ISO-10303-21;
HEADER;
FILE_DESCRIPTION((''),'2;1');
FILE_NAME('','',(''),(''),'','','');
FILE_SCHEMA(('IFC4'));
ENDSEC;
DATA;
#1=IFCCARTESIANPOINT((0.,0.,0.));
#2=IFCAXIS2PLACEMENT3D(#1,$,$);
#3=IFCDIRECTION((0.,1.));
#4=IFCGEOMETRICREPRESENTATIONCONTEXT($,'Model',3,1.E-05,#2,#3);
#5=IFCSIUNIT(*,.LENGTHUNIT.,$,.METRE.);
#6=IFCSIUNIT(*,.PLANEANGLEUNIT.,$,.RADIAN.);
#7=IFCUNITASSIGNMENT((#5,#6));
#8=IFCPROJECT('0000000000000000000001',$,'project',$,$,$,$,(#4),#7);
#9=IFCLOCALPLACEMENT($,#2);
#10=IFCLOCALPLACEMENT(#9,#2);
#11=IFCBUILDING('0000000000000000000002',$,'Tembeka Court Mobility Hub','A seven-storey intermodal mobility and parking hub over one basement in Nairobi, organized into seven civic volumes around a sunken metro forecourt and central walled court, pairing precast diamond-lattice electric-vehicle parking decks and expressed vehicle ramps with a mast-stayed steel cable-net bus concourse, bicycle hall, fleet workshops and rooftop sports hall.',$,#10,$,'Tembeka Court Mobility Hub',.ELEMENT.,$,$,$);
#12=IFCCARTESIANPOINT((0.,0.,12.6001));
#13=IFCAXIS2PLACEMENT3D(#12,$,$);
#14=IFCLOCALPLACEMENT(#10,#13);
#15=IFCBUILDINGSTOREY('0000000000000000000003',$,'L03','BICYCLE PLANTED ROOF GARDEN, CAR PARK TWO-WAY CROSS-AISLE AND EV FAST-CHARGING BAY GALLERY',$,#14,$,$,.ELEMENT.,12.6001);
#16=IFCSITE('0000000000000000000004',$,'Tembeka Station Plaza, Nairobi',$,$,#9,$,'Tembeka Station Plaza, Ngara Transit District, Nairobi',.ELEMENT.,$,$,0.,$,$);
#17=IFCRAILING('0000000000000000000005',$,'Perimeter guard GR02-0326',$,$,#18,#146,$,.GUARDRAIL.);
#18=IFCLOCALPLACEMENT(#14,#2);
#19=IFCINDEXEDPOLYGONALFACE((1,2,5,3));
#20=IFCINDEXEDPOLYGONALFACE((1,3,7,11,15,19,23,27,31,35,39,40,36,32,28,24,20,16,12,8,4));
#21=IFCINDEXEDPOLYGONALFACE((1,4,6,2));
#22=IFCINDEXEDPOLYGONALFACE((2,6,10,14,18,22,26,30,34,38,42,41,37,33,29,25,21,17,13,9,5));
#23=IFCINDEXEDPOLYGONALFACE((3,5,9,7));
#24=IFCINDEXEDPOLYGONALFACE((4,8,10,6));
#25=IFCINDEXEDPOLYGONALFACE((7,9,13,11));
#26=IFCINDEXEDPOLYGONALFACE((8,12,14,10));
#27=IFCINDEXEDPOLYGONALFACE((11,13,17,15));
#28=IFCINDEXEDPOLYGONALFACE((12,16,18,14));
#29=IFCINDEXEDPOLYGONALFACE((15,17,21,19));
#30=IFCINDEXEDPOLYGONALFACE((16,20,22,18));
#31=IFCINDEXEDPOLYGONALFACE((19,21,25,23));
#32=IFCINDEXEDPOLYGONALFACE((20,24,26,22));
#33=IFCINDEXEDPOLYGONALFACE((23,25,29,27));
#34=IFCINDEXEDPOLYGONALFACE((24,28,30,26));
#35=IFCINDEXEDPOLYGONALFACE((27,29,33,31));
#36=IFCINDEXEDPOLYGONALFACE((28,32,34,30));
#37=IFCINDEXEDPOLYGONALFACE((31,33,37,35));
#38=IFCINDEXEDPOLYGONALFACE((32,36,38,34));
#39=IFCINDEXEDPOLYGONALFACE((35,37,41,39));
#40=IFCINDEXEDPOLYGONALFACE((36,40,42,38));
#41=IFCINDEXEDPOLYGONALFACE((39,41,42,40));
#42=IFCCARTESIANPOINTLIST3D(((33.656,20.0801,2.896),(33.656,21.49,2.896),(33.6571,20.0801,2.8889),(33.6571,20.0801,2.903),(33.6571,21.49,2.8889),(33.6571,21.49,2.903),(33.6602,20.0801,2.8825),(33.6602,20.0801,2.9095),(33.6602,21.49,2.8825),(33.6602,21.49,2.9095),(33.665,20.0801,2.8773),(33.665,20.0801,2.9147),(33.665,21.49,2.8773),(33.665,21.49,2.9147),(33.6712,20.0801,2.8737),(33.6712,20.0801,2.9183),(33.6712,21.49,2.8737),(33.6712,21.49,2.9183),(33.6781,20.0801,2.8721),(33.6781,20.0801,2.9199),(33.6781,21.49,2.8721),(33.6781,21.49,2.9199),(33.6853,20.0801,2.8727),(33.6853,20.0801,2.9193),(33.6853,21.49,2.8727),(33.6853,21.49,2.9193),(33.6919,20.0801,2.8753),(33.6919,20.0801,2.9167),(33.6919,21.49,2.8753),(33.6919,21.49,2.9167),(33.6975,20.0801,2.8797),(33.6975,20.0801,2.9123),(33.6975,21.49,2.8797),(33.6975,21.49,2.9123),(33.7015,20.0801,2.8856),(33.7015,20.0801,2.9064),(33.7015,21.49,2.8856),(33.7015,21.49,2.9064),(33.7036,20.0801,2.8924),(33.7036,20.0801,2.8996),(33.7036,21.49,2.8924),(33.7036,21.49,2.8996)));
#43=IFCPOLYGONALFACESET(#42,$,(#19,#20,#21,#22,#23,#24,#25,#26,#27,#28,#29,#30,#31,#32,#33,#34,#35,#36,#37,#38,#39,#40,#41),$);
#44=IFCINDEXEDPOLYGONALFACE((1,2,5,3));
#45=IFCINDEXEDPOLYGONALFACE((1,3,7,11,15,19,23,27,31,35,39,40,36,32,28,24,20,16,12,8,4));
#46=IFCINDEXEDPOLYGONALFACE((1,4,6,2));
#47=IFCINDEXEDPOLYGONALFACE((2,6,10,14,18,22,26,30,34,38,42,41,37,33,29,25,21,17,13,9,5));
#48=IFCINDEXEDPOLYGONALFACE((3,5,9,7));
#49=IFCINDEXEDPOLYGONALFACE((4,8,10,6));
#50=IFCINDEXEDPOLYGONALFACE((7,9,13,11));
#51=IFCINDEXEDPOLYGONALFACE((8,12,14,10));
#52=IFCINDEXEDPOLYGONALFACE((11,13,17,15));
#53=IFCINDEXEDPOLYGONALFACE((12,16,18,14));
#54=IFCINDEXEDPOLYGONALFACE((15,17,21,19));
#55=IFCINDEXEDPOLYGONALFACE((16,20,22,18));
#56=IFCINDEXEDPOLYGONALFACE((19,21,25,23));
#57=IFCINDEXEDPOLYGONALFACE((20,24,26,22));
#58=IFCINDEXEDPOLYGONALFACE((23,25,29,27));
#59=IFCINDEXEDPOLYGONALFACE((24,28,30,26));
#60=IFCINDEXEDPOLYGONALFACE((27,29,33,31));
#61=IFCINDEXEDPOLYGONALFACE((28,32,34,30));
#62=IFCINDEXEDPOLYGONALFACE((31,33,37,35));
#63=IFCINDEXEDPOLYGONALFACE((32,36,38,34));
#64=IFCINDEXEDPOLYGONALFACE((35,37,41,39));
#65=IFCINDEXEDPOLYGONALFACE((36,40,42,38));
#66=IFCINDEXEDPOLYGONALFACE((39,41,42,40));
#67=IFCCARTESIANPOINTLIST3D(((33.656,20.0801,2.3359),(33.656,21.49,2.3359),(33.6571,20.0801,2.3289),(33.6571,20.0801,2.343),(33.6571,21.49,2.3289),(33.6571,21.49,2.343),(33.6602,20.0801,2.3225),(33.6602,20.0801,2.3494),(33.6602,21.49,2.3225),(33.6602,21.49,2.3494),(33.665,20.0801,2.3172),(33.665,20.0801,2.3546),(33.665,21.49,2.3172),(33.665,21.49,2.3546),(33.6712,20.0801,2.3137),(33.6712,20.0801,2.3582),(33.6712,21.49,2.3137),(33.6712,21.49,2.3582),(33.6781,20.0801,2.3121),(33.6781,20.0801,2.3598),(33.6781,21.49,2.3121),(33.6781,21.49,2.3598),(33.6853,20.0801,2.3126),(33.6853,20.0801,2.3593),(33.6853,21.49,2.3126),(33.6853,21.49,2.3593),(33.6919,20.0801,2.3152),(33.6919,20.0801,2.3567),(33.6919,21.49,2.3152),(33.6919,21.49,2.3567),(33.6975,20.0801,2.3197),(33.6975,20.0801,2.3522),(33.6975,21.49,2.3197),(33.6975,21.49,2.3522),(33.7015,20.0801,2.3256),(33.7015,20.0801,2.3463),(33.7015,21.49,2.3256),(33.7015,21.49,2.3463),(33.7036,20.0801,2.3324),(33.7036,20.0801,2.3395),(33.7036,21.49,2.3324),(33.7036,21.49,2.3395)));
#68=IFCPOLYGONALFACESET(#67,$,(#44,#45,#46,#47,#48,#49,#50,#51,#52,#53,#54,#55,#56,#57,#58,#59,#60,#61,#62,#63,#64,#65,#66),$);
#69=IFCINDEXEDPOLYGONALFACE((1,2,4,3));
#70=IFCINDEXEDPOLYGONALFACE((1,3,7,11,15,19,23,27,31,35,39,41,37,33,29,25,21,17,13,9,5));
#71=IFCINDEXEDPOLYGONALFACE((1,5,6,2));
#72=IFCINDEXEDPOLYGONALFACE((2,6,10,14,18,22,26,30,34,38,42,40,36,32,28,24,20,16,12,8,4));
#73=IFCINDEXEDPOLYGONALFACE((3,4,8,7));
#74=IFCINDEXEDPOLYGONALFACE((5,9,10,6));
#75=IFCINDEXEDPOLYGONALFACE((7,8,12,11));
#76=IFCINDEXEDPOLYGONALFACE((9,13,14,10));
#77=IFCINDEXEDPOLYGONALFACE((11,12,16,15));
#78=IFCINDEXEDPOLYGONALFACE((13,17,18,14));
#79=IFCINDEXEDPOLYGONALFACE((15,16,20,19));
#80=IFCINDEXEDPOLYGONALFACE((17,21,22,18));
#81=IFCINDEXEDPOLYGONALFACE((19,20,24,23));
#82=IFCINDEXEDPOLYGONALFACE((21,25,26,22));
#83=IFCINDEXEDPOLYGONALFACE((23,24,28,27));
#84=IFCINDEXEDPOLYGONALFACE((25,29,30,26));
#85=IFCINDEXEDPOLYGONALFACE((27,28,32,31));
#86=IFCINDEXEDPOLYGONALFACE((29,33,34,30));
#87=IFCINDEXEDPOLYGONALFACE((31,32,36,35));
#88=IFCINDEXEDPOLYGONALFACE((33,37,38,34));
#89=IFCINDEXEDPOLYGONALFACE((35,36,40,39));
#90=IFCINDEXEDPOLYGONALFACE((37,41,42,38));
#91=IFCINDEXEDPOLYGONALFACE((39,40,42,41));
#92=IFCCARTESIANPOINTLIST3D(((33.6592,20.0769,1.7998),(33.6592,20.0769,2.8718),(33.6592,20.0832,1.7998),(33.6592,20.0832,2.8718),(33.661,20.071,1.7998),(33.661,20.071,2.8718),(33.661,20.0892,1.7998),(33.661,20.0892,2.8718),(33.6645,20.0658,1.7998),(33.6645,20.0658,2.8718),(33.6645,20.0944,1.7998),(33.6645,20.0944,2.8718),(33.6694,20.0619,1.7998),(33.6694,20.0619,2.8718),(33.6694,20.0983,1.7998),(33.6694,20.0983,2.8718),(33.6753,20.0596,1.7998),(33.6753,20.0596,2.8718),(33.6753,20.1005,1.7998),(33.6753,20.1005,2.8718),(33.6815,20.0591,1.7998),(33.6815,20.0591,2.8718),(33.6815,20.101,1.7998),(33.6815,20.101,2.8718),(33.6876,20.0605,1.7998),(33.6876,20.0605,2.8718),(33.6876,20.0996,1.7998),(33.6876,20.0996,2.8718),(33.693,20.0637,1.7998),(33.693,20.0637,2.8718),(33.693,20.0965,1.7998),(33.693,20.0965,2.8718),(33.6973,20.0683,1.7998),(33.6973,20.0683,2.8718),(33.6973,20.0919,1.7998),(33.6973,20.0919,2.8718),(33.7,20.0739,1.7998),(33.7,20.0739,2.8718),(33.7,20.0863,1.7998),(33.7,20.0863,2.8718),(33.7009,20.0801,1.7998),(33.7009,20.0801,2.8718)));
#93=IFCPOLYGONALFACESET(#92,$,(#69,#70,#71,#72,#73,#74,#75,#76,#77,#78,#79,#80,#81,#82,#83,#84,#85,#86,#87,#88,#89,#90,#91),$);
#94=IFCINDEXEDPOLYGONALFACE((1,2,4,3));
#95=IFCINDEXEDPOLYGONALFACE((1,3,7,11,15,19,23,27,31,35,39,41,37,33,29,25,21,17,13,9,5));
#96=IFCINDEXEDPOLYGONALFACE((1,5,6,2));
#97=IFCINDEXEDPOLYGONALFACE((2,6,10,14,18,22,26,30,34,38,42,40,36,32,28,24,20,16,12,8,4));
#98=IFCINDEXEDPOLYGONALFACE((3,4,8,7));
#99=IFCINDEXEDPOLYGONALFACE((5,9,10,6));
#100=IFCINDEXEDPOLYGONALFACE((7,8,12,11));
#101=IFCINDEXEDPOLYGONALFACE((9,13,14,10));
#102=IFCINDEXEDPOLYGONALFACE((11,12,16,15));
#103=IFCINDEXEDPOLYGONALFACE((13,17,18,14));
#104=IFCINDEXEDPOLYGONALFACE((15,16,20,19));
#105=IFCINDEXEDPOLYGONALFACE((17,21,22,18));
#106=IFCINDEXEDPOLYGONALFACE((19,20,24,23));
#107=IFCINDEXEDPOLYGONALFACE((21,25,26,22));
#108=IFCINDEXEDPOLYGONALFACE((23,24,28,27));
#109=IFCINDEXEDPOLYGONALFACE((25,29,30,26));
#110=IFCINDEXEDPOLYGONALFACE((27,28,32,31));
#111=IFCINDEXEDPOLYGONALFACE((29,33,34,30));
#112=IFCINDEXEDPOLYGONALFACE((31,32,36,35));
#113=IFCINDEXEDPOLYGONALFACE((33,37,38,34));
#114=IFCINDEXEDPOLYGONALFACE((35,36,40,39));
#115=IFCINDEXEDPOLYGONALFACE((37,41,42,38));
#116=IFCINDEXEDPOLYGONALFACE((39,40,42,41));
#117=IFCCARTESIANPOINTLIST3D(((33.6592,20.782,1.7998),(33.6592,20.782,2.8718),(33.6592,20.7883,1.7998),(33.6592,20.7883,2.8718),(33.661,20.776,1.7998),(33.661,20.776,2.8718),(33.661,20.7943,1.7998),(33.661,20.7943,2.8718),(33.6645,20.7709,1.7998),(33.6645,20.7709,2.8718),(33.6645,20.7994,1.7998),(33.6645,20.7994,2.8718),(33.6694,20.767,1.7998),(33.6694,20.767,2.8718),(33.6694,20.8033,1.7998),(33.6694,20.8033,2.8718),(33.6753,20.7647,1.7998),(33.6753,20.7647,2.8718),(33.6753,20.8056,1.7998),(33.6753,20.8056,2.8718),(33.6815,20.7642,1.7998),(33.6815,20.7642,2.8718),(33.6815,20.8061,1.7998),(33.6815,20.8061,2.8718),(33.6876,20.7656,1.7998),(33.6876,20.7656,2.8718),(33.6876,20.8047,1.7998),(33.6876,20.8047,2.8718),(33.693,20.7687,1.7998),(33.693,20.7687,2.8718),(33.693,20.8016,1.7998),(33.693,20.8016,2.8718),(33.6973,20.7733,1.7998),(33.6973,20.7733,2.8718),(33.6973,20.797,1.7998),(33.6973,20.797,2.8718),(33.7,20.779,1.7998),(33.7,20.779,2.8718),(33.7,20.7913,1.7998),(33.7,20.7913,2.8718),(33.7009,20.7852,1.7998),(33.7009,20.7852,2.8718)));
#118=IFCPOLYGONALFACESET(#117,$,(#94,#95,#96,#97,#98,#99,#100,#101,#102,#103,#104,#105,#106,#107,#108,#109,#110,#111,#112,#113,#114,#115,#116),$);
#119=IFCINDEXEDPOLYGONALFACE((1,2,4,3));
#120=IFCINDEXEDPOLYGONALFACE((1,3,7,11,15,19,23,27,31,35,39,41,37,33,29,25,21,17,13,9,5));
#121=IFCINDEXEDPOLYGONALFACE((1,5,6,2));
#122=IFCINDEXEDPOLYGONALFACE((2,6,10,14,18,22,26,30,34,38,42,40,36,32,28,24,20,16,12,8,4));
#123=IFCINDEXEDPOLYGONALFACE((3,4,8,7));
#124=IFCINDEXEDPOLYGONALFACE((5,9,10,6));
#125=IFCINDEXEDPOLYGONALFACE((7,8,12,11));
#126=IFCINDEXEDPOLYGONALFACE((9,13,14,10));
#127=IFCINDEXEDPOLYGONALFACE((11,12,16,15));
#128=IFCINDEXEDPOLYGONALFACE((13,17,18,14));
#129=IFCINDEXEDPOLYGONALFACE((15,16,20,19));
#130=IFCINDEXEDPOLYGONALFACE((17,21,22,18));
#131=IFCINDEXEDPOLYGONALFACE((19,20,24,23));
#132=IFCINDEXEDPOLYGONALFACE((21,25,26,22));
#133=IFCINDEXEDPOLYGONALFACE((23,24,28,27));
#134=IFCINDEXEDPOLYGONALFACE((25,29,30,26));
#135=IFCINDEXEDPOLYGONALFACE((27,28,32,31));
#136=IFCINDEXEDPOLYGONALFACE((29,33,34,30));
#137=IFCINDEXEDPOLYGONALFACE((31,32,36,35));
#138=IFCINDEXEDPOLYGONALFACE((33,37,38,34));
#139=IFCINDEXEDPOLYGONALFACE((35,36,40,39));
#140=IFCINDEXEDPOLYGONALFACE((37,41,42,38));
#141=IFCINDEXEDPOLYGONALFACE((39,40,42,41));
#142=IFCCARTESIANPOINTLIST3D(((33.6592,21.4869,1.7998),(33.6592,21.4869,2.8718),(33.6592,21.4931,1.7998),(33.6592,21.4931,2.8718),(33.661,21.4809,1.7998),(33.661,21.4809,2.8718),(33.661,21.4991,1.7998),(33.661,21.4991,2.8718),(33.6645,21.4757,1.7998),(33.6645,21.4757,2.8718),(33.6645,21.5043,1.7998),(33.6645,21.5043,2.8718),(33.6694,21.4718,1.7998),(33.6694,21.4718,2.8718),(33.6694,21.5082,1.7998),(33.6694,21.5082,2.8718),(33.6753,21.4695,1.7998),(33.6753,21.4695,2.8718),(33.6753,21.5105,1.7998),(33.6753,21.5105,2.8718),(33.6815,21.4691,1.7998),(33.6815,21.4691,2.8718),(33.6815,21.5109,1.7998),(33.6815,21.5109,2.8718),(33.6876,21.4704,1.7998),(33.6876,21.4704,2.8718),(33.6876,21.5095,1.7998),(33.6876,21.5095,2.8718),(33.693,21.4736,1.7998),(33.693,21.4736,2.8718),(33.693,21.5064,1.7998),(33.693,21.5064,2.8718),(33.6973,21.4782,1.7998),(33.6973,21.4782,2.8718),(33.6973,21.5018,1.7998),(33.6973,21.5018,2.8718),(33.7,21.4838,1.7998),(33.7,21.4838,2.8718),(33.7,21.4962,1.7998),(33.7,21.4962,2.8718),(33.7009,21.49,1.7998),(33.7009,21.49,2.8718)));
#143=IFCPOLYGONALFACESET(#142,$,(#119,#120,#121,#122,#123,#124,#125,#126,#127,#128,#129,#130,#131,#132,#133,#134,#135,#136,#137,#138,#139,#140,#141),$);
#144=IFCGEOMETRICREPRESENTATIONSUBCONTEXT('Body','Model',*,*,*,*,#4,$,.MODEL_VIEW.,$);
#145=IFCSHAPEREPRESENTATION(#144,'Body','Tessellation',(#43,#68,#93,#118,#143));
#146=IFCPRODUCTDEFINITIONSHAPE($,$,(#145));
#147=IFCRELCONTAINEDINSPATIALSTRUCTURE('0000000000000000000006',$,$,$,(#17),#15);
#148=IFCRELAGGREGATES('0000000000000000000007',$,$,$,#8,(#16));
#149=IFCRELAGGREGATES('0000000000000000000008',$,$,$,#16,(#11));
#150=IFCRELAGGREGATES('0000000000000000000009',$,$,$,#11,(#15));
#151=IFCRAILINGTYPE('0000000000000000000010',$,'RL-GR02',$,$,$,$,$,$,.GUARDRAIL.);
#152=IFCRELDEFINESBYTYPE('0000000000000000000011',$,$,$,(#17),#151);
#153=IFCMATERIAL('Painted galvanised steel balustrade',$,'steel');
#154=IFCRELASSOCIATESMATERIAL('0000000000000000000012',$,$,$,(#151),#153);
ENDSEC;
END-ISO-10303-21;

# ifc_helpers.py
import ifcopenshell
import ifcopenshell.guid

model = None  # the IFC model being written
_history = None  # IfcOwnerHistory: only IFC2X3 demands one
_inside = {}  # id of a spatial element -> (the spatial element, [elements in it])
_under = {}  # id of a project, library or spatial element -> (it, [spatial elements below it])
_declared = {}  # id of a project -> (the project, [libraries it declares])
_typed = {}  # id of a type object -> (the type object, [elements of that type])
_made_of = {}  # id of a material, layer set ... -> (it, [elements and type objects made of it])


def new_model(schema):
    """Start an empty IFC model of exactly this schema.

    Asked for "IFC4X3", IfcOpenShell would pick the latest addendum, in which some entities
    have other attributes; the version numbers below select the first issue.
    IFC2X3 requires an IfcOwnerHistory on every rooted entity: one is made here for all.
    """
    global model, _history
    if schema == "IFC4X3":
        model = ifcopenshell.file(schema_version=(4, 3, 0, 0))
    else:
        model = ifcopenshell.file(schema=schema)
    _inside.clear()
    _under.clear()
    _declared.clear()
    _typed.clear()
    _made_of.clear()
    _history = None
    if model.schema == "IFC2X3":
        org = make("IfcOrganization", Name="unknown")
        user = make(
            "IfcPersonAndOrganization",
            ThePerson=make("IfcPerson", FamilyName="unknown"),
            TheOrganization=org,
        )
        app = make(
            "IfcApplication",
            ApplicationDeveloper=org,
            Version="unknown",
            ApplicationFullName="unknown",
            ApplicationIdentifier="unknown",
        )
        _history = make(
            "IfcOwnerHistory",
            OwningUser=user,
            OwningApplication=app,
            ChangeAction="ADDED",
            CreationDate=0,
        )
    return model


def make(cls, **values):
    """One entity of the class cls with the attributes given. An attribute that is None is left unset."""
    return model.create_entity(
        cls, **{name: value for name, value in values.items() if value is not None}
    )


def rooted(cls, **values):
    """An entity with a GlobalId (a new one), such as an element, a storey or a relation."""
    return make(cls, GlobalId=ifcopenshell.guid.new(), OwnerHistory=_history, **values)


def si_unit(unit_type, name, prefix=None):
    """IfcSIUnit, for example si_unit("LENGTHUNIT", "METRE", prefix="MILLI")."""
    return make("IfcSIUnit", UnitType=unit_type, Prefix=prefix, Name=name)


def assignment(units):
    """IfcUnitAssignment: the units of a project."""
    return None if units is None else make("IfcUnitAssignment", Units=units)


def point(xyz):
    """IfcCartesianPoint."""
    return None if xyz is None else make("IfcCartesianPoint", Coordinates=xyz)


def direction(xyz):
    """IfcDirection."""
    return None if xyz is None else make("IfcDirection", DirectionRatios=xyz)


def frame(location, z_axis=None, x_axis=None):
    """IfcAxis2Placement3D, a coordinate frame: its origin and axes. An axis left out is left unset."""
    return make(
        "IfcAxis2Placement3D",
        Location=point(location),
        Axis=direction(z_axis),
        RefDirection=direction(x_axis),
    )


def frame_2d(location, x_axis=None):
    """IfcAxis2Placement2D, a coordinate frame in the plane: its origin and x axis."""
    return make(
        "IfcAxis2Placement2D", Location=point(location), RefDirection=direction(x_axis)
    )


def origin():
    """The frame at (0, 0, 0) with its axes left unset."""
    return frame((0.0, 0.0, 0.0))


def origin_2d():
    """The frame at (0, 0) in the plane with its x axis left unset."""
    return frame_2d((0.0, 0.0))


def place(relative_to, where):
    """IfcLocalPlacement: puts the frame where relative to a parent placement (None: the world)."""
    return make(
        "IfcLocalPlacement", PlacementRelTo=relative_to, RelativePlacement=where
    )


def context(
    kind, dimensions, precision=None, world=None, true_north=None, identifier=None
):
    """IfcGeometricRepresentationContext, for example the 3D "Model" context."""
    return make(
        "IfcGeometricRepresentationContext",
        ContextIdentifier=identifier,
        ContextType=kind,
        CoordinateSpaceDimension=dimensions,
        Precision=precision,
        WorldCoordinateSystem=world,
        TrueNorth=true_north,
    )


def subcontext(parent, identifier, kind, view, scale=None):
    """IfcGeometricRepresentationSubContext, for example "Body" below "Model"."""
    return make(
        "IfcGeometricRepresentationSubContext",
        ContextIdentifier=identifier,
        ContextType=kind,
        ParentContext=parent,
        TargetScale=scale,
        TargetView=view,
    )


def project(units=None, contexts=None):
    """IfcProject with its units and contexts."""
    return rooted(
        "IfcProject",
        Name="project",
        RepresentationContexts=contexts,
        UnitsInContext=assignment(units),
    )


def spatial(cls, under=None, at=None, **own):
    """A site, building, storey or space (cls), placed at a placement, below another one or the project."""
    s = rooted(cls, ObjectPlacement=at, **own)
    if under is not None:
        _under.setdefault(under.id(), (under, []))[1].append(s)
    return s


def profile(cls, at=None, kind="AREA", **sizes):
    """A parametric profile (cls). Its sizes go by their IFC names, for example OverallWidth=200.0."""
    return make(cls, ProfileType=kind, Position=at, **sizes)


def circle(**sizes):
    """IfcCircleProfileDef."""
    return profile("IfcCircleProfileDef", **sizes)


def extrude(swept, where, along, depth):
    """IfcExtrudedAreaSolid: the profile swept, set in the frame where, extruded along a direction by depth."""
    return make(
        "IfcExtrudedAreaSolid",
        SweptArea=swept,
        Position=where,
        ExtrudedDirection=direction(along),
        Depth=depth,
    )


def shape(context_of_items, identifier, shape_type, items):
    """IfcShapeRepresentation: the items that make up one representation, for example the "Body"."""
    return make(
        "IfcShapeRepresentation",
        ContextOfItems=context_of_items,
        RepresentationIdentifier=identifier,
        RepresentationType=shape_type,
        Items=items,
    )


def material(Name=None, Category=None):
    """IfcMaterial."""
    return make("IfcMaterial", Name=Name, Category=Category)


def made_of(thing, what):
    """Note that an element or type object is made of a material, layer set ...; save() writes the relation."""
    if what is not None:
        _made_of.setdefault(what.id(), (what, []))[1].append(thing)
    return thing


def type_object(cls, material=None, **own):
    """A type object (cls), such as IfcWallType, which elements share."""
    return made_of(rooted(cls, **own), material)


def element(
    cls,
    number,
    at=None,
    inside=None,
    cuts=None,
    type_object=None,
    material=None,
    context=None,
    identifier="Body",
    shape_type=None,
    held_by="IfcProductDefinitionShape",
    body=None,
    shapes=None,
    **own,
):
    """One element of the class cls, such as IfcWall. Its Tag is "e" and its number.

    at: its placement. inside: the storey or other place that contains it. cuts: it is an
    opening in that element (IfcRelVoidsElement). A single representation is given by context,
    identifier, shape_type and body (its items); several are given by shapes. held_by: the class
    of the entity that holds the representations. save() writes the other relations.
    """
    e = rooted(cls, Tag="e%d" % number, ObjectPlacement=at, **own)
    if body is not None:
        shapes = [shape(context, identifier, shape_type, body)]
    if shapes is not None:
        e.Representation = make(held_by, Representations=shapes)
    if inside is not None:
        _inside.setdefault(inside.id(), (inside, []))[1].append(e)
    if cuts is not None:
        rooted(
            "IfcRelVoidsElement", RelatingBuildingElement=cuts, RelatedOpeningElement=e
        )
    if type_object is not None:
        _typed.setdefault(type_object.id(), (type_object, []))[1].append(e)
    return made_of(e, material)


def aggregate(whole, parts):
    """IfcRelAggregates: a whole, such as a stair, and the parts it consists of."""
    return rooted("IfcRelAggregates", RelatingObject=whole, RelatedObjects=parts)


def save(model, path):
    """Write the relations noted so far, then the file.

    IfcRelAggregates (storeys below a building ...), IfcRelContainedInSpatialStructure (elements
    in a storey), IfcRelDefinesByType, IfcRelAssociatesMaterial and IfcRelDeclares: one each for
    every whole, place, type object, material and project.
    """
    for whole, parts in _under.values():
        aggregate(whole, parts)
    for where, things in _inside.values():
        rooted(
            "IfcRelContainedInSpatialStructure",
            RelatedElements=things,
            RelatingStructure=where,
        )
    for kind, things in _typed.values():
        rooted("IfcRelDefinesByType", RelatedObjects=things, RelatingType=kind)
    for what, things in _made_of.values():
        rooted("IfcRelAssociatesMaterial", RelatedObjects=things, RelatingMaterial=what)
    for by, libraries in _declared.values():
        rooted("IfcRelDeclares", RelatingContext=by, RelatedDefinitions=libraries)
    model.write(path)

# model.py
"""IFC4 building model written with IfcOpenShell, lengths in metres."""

from ifc_helpers import new_model, si_unit, direction, frame, origin, origin_2d, place, context, subcontext, project, spatial, circle, extrude, material, type_object, element, save


model = new_model("IFC4")

# Units and contexts
model_context = context("Model", 3, precision=1e-05, world=origin(), true_north=direction((0.0, 1.0)))
body_context = subcontext(model_context, "Body", "Model", "MODEL_VIEW")
ifc_project = project(units=[si_unit("LENGTHUNIT", "METRE"), si_unit("PLANEANGLEUNIT", "RADIAN")], contexts=[model_context])

# Site, building, storey
site_placement = place(None, origin())
site = spatial("IfcSite", under=ifc_project, at=site_placement, Name="Tembeka Station Plaza, Nairobi", LongName="Tembeka Station Plaza, Ngara Transit District, Nairobi", CompositionType="ELEMENT", RefElevation=0.0)
building_placement = place(site_placement, origin())
building = spatial("IfcBuilding", under=site, at=building_placement, Name="Tembeka Court Mobility Hub", Description="A seven-storey intermodal mobility and parking hub over one basement in Nairobi, organized into seven civic volumes around a sunken metro forecourt and central walled court, pairing precast diamond-lattice electric-vehicle parking decks and expressed vehicle ramps with a mast-stayed steel cable-net bus concourse, bicycle hall, fleet workshops and rooftop sports hall.", LongName="Tembeka Court Mobility Hub", CompositionType="ELEMENT")
storey_placement = place(building_placement, frame((0.0, 0.0, 12.6001)))
storey = spatial("IfcBuildingStorey", under=building, at=storey_placement, Name="L03", Description="BICYCLE PLANTED ROOF GARDEN, CAR PARK TWO-WAY CROSS-AISLE AND EV FAST-CHARGING BAY GALLERY", CompositionType="ELEMENT", Elevation=12.6001)

# Railing
ifc_material_1 = material(Name="Painted galvanised steel balustrade", Category="steel")
railing_type_1 = type_object("IfcRailingType", Name="RL-GR02", PredefinedType="GUARDRAIL", material=ifc_material_1)
railing_1_placement = place(storey_placement, frame((33.6799, 20.0801, 1.7998)))
element("IfcRailing", 1, at=railing_1_placement, inside=storey, type_object=railing_type_1, Name="Perimeter guard GR02-0326", PredefinedType="GUARDRAIL", context=body_context, shape_type="SweptSolid", body=[
    extrude(circle(Radius=0.0239, at=origin_2d()), frame((0.0, 0.0, 1.0962), z_axis=(0.0, 1.0, 0.0), x_axis=(-1.0, 0.0, 0.0)), (0.0, 0.0, 1.0), 1.4099),
    extrude(circle(Radius=0.0239, at=origin_2d()), frame((0.0, 0.0, 0.5361), z_axis=(0.0, 1.0, 0.0), x_axis=(-1.0, 0.0, 0.0)), (0.0, 0.0, 1.0), 1.4099),
    extrude(circle(Radius=0.021, at=origin_2d()), origin(), (0.0, 0.0, 1.0), 1.072),
    extrude(circle(Radius=0.021, at=origin_2d()), frame((0.0, 0.7051, 0.0)), (0.0, 0.0, 1.0), 1.072),
    extrude(circle(Radius=0.021, at=origin_2d()), frame((0.0, 1.4099, 0.0)), (0.0, 0.0, 1.0), 1.072),
])

save(model, "model.ifc")
